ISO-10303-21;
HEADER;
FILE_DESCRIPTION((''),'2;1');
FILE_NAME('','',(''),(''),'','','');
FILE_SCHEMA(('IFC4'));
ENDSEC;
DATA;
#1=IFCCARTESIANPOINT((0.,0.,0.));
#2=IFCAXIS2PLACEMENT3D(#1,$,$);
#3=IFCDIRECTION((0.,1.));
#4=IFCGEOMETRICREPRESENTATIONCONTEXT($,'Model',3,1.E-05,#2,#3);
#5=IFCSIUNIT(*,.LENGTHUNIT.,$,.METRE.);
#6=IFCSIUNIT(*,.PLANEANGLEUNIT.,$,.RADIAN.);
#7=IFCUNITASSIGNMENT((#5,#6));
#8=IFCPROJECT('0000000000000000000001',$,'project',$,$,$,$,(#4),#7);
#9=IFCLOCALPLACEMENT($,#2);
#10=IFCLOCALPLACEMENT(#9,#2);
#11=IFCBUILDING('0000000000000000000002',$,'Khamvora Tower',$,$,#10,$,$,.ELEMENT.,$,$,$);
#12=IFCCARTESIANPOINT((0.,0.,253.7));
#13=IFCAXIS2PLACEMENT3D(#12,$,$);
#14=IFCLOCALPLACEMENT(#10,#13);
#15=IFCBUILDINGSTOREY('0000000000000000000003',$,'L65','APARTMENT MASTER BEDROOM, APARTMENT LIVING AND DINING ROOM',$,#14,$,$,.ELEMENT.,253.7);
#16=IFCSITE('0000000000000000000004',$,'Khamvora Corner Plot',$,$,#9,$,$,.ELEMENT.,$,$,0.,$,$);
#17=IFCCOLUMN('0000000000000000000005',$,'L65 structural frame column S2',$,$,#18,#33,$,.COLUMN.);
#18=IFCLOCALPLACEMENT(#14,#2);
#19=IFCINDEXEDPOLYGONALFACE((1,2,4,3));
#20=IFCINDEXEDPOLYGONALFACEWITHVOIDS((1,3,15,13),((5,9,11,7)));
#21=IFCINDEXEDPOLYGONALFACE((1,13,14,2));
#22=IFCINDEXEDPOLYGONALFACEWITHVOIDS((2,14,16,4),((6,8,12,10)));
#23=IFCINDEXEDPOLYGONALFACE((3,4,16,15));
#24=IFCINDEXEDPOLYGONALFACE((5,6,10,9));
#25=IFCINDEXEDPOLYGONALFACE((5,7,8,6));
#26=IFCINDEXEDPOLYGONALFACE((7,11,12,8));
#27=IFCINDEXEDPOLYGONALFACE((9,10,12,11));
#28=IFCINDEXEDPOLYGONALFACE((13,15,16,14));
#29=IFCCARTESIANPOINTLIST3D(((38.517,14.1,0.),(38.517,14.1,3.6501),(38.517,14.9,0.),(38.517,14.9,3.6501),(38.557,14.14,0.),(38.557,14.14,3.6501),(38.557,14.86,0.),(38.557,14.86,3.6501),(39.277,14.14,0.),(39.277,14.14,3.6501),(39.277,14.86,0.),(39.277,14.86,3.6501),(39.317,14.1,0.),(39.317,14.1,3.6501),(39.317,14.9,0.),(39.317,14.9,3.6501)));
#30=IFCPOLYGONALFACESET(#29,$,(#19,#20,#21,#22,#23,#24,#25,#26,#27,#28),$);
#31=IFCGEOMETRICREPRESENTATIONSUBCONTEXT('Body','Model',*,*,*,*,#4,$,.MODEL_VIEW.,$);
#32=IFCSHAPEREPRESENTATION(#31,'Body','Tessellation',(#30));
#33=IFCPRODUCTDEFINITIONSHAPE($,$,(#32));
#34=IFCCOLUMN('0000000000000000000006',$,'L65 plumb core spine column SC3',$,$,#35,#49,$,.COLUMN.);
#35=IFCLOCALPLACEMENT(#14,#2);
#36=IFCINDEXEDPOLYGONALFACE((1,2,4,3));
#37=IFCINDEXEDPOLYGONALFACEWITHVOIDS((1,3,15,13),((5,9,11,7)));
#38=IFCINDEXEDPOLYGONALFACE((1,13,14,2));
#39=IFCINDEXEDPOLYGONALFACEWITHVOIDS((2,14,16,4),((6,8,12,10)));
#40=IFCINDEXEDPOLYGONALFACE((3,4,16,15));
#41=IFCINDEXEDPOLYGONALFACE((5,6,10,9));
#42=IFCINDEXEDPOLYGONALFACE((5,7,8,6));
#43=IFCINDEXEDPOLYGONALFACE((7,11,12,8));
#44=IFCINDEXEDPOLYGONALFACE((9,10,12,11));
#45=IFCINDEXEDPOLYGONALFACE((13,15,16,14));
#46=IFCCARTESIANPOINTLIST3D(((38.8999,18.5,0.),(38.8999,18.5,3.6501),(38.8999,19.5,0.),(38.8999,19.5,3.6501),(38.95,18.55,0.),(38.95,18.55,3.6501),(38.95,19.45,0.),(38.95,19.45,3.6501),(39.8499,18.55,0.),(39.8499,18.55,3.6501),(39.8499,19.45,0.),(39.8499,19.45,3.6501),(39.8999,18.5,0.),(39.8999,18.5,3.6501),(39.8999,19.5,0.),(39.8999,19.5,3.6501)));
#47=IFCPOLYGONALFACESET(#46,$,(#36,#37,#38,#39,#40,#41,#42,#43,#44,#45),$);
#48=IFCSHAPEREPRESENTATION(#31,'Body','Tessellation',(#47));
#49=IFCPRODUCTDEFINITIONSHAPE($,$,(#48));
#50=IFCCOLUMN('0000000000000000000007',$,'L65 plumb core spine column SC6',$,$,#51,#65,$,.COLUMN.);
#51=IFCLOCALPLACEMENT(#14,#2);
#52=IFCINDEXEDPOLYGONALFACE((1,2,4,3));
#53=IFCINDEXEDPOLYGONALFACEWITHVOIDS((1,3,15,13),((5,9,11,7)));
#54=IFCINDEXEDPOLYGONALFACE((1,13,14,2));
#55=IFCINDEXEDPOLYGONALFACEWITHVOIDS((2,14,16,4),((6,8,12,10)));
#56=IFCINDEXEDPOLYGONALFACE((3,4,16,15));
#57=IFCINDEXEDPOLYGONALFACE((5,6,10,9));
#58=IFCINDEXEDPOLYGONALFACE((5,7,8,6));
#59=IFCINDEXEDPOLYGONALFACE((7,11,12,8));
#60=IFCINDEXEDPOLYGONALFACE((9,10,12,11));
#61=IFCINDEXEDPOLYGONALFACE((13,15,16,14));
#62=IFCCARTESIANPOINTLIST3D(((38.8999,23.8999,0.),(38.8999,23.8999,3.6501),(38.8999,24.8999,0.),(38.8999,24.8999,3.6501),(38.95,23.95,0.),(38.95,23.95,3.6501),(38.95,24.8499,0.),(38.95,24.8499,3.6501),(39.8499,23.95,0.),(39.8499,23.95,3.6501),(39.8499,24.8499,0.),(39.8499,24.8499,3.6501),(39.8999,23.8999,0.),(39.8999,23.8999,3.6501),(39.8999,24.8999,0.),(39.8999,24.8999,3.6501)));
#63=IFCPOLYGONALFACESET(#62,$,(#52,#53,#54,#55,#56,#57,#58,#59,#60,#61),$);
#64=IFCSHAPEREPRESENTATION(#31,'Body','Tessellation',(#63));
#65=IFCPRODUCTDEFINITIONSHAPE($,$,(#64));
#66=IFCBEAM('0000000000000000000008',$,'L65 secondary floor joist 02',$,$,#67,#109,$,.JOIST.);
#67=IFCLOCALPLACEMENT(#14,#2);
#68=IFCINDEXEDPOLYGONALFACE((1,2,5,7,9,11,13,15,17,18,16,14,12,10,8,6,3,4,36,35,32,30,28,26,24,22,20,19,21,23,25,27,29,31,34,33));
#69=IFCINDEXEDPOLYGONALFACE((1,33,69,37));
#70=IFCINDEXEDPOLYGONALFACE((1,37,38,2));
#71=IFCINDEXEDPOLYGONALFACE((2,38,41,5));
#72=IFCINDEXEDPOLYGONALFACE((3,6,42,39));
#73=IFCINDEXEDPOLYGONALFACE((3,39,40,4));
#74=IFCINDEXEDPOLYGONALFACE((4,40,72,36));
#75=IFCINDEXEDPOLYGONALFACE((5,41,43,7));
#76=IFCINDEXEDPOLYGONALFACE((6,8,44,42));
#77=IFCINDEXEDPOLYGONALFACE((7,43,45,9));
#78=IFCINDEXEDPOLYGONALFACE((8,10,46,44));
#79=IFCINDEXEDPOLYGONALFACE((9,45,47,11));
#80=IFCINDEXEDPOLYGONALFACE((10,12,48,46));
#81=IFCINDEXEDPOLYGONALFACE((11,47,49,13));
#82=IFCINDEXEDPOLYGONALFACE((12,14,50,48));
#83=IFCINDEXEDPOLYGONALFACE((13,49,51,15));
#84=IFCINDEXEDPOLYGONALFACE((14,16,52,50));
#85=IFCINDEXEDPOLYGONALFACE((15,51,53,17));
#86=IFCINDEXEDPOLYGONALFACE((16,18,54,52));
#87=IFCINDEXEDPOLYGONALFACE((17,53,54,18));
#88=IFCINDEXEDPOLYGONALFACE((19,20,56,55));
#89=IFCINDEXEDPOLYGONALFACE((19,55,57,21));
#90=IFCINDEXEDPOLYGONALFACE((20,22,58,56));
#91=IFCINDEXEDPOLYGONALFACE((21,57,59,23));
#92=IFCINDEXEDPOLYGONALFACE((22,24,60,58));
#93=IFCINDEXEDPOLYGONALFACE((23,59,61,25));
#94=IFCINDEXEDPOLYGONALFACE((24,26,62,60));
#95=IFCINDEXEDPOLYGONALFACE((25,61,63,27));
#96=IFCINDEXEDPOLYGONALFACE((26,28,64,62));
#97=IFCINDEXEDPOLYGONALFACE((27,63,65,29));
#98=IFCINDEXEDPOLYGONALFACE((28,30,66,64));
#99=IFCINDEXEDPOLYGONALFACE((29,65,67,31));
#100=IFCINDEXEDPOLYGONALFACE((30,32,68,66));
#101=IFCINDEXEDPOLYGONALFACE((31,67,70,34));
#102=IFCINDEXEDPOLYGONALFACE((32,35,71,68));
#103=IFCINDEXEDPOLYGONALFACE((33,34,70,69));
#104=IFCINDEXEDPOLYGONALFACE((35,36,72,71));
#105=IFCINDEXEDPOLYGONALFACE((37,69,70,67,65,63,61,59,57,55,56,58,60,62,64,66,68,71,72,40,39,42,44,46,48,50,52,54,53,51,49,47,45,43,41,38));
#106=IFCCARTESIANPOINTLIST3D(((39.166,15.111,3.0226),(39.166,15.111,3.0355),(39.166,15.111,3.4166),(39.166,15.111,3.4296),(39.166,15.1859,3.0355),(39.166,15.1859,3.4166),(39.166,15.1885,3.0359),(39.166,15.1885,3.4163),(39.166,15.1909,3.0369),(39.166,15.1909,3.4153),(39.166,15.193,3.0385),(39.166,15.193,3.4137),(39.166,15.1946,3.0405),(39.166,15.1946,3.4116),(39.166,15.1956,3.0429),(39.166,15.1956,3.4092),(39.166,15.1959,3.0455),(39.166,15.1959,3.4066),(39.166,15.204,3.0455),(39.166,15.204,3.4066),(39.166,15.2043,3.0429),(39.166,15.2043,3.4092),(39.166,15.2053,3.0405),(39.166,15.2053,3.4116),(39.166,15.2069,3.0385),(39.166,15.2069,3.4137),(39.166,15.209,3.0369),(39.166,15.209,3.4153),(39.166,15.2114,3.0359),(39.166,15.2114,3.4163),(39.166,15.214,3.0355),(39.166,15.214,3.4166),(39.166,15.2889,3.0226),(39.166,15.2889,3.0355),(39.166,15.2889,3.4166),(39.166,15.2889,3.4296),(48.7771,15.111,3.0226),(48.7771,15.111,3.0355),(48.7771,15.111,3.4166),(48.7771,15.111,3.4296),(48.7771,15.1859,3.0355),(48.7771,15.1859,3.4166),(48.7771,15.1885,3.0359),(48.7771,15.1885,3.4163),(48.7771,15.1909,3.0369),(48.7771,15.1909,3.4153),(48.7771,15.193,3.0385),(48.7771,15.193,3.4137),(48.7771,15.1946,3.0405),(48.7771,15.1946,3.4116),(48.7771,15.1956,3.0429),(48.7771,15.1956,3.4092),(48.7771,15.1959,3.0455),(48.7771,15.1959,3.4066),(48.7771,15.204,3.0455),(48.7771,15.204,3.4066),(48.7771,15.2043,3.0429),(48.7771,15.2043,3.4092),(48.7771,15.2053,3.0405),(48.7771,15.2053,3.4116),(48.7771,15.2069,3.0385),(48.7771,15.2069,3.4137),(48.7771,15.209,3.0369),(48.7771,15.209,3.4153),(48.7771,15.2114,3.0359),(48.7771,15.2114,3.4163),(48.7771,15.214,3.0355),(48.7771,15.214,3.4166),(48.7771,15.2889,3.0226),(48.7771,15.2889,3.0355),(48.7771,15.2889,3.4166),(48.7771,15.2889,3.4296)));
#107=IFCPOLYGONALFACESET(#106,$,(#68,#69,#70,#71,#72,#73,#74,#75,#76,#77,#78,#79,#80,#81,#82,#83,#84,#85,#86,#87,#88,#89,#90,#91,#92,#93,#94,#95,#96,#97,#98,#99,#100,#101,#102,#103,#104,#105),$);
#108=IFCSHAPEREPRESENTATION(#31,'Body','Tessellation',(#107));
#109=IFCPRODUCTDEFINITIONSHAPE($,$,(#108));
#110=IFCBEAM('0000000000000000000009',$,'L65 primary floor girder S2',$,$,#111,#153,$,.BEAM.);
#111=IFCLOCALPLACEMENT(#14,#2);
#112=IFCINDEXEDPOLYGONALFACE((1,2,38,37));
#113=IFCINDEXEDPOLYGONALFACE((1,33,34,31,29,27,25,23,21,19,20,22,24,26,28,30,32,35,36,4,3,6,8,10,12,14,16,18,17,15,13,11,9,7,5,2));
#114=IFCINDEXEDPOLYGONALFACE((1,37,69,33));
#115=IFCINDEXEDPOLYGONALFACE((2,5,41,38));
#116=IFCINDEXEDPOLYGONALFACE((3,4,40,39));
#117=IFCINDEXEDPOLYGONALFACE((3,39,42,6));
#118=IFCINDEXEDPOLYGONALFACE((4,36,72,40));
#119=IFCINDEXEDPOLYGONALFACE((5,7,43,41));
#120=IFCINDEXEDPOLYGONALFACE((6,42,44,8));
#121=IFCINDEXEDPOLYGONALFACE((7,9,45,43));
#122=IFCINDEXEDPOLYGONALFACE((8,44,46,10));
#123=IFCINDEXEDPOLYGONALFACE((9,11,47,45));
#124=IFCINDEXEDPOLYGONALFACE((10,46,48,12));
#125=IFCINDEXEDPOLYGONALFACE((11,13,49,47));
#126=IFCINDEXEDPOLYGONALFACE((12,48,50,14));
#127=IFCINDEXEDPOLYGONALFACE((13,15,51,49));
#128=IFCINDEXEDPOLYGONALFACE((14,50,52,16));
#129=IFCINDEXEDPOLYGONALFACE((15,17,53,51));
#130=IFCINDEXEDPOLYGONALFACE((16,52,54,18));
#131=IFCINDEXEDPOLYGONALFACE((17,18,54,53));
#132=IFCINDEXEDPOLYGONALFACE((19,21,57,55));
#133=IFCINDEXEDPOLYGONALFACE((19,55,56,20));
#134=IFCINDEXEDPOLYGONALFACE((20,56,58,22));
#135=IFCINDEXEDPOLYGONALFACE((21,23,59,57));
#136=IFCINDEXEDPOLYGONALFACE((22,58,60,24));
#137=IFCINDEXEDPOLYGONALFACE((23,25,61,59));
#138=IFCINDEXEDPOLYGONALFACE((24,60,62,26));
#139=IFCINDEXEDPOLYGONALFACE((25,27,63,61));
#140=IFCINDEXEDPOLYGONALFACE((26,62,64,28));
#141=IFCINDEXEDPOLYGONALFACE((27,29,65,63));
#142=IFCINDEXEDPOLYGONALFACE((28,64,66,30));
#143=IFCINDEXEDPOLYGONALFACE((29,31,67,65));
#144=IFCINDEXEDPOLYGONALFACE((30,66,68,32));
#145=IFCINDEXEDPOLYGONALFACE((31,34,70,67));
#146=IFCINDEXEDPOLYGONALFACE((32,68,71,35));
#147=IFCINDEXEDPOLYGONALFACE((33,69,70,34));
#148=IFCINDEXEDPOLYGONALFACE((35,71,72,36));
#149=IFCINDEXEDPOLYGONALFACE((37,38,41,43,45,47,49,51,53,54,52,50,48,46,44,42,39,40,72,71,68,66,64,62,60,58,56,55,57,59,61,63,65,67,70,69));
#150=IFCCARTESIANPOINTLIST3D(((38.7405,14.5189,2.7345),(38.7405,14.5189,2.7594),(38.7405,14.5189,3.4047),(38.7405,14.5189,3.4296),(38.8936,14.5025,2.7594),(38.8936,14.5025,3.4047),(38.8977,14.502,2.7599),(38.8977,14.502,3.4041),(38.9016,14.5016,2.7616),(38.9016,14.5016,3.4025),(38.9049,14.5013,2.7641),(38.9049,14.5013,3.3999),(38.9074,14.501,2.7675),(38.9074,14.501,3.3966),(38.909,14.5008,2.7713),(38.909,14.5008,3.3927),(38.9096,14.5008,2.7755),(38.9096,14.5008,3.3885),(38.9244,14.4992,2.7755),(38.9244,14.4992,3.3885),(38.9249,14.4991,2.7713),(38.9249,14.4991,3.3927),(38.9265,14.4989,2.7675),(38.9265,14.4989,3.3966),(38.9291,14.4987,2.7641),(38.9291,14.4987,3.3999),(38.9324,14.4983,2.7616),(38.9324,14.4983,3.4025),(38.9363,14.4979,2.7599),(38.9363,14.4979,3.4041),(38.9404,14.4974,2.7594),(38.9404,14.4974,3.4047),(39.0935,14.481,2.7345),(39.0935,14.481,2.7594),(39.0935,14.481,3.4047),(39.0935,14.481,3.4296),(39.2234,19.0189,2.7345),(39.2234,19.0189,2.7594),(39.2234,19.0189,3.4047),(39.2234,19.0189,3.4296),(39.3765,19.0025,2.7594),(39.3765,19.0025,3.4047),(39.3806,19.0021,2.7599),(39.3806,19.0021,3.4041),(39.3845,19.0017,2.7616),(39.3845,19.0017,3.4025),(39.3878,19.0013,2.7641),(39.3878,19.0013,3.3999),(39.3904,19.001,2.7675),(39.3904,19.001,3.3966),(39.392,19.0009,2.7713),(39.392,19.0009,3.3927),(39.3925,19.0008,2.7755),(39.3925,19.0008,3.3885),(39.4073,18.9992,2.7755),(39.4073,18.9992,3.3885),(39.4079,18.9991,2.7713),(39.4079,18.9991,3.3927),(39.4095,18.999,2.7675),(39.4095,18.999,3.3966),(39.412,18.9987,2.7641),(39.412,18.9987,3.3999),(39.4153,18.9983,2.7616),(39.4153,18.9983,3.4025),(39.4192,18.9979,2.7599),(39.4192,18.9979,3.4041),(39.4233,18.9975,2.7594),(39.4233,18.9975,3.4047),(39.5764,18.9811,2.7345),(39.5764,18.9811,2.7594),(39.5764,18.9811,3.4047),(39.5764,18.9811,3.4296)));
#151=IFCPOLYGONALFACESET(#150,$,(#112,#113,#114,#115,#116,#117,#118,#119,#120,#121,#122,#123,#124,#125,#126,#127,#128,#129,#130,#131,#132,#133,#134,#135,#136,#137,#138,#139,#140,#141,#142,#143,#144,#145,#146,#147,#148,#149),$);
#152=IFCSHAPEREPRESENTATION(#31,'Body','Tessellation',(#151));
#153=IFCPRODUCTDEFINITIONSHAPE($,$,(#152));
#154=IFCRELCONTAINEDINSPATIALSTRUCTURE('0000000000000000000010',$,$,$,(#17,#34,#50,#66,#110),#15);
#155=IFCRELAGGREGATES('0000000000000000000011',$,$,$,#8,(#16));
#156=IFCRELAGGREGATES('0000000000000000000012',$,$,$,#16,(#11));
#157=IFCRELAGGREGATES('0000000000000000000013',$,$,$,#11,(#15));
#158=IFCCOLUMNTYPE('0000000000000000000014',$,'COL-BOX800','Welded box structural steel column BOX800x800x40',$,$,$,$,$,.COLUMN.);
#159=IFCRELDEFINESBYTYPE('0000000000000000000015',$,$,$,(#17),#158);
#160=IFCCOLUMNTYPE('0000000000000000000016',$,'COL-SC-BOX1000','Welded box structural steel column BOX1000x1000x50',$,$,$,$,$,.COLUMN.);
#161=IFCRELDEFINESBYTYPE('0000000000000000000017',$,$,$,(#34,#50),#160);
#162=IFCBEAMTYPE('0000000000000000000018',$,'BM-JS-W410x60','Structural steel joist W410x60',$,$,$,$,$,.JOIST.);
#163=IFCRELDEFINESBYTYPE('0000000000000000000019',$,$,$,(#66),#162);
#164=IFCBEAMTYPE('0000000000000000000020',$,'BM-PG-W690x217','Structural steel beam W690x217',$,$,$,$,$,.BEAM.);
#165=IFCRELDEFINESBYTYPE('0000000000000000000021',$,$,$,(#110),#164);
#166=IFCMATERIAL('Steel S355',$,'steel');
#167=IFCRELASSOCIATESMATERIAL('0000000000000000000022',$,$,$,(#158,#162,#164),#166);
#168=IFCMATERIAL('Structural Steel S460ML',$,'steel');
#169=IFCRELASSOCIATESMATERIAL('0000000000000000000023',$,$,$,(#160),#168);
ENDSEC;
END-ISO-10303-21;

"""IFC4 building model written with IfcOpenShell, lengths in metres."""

from ifc_helpers import new_model, si_unit, direction, frame, origin, origin_2d, place, context, subcontext, project, spatial, hollow_rectangle, i_section, extrude, material, material_profile, profile_set, type_object, element, save


model = new_model("IFC4")

# Units and contexts
model_context = context("Model", 3, precision=1e-05, world=origin(), true_north=direction((0.0, 1.0)))
body_context = subcontext(model_context, "Body", "Model", "MODEL_VIEW")
ifc_project = project(units=[si_unit("LENGTHUNIT", "METRE"), si_unit("PLANEANGLEUNIT", "RADIAN")], contexts=[model_context])

# Site, building, storey
site_placement = place(None, origin())
site = spatial("IfcSite", under=ifc_project, at=site_placement, Name="Khamvora Corner Plot", CompositionType="ELEMENT", RefElevation=0.0)
building_placement = place(site_placement, origin())
building = spatial("IfcBuilding", under=site, at=building_placement, Name="Khamvora Tower", CompositionType="ELEMENT")
storey_placement = place(building_placement, frame((0.0, 0.0, 253.7)))
storey = spatial("IfcBuildingStorey", under=building, at=storey_placement, Name="L65", Description="APARTMENT MASTER BEDROOM, APARTMENT LIVING AND DINING ROOM", CompositionType="ELEMENT", Elevation=253.7)

# Columns
ifc_material_1 = material(Name="Steel S355", Category="steel")
ifc_material_profile_1 = material_profile(ifc_material_1, hollow_rectangle(XDim=0.8, YDim=0.8, WallThickness=0.04, at=origin_2d()), Name="BOX800x800x40")
ifc_profile_set_1 = profile_set([ifc_material_profile_1], Name="Steel S355")
column_type_1 = type_object("IfcColumnType", Name="COL-BOX800", Description="Welded box structural steel column BOX800x800x40", PredefinedType="COLUMN", material=ifc_profile_set_1)
column_placement = place(storey_placement, frame((38.917, 14.5, 0.0), z_axis=(0.0, 0.0, 1.0), x_axis=(1.0, 0.0, 0.0)))
element("IfcColumn", 1, at=column_placement, inside=storey, type_object=column_type_1, Name="L65 structural frame column S2", PredefinedType="COLUMN", context=body_context, shape_type="SweptSolid", body=[
    extrude(hollow_rectangle(XDim=0.8, YDim=0.8, WallThickness=0.04, at=origin_2d()), origin(), (0.0, 0.0, 1.0), 3.6501),
])
ifc_material_2 = material(Name="Structural Steel S460ML", Category="steel")
ifc_material_profile_2 = material_profile(ifc_material_2, hollow_rectangle(XDim=1.0, YDim=1.0, WallThickness=0.05, at=origin_2d()), Name="BOX1000x1000x50")
ifc_profile_set_2 = profile_set([ifc_material_profile_2], Name="Structural Steel S460ML")
column_type_2 = type_object("IfcColumnType", Name="COL-SC-BOX1000", Description="Welded box structural steel column BOX1000x1000x50", PredefinedType="COLUMN", material=ifc_profile_set_2)
for number, where, z_axis, x_axis, name in (
    (2, (39.3999, 19.0, 0.0), (0.0, 0.0, 1.0), (1.0, 0.0, 0.0), "L65 plumb core spine column SC3"),
    (3, (39.3999, 24.3999, 0.0), (0.0, 0.0, 1.0), (1.0, 0.0, 0.0), "L65 plumb core spine column SC6"),
):
    element("IfcColumn", number, at=place(storey_placement, frame(where, z_axis=z_axis, x_axis=x_axis)), inside=storey, type_object=column_type_2, Name=name, PredefinedType="COLUMN", context=body_context, shape_type="SweptSolid", body=[
        extrude(hollow_rectangle(XDim=1.0, YDim=1.0, WallThickness=0.05, at=origin_2d()), origin(), (0.0, 0.0, 1.0), 3.6501),
    ])

# Beams
ifc_material_profile_3 = material_profile(ifc_material_1, i_section(OverallWidth=0.178, OverallDepth=0.407, WebThickness=0.0081, FlangeThickness=0.0129, FilletRadius=0.01, at=origin_2d()), Name="W410x60")
ifc_profile_set_3 = profile_set([ifc_material_profile_3], Name="Steel S355")
beam_type_1 = type_object("IfcBeamType", Name="BM-JS-W410x60", Description="Structural steel joist W410x60", PredefinedType="JOIST", material=ifc_profile_set_3)
beam_1_placement = place(storey_placement, frame((39.166, 15.2, 3.2261), z_axis=(1.0, 0.0, 0.0), x_axis=(0.0, 1.0, 0.0)))
element("IfcBeam", 4, at=beam_1_placement, inside=storey, type_object=beam_type_1, Name="L65 secondary floor joist 02", PredefinedType="JOIST", context=body_context, shape_type="SweptSolid", body=[
    extrude(i_section(OverallWidth=0.178, OverallDepth=0.407, WebThickness=0.0081, FlangeThickness=0.0129, FilletRadius=0.01, at=origin_2d()), origin(), (0.0, 0.0, 1.0), 9.6111),
])
ifc_material_profile_4 = material_profile(ifc_material_1, i_section(OverallWidth=0.355, OverallDepth=0.6951, WebThickness=0.0149, FlangeThickness=0.0249, FilletRadius=0.0161, at=origin_2d()), Name="W690x217")
ifc_profile_set_4 = profile_set([ifc_material_profile_4], Name="Steel S355")
beam_type_2 = type_object("IfcBeamType", Name="BM-PG-W690x217", Description="Structural steel beam W690x217", PredefinedType="BEAM", material=ifc_profile_set_4)
beam_2_placement = place(storey_placement, frame((39.3999, 19.0, 3.082), z_axis=(-0.106701, -0.994291, 0.0), x_axis=(0.994291, -0.106701, 0.0)))
element("IfcBeam", 5, at=beam_2_placement, inside=storey, type_object=beam_type_2, Name="L65 primary floor girder S2", PredefinedType="BEAM", context=body_context, shape_type="SweptSolid", body=[
    extrude(i_section(OverallWidth=0.355, OverallDepth=0.6951, WebThickness=0.0149, FlangeThickness=0.0249, FilletRadius=0.0161, at=origin_2d()), origin(), (0.0, 0.0, 1.0), 4.5259),
])

save(model, "model.ifc")
